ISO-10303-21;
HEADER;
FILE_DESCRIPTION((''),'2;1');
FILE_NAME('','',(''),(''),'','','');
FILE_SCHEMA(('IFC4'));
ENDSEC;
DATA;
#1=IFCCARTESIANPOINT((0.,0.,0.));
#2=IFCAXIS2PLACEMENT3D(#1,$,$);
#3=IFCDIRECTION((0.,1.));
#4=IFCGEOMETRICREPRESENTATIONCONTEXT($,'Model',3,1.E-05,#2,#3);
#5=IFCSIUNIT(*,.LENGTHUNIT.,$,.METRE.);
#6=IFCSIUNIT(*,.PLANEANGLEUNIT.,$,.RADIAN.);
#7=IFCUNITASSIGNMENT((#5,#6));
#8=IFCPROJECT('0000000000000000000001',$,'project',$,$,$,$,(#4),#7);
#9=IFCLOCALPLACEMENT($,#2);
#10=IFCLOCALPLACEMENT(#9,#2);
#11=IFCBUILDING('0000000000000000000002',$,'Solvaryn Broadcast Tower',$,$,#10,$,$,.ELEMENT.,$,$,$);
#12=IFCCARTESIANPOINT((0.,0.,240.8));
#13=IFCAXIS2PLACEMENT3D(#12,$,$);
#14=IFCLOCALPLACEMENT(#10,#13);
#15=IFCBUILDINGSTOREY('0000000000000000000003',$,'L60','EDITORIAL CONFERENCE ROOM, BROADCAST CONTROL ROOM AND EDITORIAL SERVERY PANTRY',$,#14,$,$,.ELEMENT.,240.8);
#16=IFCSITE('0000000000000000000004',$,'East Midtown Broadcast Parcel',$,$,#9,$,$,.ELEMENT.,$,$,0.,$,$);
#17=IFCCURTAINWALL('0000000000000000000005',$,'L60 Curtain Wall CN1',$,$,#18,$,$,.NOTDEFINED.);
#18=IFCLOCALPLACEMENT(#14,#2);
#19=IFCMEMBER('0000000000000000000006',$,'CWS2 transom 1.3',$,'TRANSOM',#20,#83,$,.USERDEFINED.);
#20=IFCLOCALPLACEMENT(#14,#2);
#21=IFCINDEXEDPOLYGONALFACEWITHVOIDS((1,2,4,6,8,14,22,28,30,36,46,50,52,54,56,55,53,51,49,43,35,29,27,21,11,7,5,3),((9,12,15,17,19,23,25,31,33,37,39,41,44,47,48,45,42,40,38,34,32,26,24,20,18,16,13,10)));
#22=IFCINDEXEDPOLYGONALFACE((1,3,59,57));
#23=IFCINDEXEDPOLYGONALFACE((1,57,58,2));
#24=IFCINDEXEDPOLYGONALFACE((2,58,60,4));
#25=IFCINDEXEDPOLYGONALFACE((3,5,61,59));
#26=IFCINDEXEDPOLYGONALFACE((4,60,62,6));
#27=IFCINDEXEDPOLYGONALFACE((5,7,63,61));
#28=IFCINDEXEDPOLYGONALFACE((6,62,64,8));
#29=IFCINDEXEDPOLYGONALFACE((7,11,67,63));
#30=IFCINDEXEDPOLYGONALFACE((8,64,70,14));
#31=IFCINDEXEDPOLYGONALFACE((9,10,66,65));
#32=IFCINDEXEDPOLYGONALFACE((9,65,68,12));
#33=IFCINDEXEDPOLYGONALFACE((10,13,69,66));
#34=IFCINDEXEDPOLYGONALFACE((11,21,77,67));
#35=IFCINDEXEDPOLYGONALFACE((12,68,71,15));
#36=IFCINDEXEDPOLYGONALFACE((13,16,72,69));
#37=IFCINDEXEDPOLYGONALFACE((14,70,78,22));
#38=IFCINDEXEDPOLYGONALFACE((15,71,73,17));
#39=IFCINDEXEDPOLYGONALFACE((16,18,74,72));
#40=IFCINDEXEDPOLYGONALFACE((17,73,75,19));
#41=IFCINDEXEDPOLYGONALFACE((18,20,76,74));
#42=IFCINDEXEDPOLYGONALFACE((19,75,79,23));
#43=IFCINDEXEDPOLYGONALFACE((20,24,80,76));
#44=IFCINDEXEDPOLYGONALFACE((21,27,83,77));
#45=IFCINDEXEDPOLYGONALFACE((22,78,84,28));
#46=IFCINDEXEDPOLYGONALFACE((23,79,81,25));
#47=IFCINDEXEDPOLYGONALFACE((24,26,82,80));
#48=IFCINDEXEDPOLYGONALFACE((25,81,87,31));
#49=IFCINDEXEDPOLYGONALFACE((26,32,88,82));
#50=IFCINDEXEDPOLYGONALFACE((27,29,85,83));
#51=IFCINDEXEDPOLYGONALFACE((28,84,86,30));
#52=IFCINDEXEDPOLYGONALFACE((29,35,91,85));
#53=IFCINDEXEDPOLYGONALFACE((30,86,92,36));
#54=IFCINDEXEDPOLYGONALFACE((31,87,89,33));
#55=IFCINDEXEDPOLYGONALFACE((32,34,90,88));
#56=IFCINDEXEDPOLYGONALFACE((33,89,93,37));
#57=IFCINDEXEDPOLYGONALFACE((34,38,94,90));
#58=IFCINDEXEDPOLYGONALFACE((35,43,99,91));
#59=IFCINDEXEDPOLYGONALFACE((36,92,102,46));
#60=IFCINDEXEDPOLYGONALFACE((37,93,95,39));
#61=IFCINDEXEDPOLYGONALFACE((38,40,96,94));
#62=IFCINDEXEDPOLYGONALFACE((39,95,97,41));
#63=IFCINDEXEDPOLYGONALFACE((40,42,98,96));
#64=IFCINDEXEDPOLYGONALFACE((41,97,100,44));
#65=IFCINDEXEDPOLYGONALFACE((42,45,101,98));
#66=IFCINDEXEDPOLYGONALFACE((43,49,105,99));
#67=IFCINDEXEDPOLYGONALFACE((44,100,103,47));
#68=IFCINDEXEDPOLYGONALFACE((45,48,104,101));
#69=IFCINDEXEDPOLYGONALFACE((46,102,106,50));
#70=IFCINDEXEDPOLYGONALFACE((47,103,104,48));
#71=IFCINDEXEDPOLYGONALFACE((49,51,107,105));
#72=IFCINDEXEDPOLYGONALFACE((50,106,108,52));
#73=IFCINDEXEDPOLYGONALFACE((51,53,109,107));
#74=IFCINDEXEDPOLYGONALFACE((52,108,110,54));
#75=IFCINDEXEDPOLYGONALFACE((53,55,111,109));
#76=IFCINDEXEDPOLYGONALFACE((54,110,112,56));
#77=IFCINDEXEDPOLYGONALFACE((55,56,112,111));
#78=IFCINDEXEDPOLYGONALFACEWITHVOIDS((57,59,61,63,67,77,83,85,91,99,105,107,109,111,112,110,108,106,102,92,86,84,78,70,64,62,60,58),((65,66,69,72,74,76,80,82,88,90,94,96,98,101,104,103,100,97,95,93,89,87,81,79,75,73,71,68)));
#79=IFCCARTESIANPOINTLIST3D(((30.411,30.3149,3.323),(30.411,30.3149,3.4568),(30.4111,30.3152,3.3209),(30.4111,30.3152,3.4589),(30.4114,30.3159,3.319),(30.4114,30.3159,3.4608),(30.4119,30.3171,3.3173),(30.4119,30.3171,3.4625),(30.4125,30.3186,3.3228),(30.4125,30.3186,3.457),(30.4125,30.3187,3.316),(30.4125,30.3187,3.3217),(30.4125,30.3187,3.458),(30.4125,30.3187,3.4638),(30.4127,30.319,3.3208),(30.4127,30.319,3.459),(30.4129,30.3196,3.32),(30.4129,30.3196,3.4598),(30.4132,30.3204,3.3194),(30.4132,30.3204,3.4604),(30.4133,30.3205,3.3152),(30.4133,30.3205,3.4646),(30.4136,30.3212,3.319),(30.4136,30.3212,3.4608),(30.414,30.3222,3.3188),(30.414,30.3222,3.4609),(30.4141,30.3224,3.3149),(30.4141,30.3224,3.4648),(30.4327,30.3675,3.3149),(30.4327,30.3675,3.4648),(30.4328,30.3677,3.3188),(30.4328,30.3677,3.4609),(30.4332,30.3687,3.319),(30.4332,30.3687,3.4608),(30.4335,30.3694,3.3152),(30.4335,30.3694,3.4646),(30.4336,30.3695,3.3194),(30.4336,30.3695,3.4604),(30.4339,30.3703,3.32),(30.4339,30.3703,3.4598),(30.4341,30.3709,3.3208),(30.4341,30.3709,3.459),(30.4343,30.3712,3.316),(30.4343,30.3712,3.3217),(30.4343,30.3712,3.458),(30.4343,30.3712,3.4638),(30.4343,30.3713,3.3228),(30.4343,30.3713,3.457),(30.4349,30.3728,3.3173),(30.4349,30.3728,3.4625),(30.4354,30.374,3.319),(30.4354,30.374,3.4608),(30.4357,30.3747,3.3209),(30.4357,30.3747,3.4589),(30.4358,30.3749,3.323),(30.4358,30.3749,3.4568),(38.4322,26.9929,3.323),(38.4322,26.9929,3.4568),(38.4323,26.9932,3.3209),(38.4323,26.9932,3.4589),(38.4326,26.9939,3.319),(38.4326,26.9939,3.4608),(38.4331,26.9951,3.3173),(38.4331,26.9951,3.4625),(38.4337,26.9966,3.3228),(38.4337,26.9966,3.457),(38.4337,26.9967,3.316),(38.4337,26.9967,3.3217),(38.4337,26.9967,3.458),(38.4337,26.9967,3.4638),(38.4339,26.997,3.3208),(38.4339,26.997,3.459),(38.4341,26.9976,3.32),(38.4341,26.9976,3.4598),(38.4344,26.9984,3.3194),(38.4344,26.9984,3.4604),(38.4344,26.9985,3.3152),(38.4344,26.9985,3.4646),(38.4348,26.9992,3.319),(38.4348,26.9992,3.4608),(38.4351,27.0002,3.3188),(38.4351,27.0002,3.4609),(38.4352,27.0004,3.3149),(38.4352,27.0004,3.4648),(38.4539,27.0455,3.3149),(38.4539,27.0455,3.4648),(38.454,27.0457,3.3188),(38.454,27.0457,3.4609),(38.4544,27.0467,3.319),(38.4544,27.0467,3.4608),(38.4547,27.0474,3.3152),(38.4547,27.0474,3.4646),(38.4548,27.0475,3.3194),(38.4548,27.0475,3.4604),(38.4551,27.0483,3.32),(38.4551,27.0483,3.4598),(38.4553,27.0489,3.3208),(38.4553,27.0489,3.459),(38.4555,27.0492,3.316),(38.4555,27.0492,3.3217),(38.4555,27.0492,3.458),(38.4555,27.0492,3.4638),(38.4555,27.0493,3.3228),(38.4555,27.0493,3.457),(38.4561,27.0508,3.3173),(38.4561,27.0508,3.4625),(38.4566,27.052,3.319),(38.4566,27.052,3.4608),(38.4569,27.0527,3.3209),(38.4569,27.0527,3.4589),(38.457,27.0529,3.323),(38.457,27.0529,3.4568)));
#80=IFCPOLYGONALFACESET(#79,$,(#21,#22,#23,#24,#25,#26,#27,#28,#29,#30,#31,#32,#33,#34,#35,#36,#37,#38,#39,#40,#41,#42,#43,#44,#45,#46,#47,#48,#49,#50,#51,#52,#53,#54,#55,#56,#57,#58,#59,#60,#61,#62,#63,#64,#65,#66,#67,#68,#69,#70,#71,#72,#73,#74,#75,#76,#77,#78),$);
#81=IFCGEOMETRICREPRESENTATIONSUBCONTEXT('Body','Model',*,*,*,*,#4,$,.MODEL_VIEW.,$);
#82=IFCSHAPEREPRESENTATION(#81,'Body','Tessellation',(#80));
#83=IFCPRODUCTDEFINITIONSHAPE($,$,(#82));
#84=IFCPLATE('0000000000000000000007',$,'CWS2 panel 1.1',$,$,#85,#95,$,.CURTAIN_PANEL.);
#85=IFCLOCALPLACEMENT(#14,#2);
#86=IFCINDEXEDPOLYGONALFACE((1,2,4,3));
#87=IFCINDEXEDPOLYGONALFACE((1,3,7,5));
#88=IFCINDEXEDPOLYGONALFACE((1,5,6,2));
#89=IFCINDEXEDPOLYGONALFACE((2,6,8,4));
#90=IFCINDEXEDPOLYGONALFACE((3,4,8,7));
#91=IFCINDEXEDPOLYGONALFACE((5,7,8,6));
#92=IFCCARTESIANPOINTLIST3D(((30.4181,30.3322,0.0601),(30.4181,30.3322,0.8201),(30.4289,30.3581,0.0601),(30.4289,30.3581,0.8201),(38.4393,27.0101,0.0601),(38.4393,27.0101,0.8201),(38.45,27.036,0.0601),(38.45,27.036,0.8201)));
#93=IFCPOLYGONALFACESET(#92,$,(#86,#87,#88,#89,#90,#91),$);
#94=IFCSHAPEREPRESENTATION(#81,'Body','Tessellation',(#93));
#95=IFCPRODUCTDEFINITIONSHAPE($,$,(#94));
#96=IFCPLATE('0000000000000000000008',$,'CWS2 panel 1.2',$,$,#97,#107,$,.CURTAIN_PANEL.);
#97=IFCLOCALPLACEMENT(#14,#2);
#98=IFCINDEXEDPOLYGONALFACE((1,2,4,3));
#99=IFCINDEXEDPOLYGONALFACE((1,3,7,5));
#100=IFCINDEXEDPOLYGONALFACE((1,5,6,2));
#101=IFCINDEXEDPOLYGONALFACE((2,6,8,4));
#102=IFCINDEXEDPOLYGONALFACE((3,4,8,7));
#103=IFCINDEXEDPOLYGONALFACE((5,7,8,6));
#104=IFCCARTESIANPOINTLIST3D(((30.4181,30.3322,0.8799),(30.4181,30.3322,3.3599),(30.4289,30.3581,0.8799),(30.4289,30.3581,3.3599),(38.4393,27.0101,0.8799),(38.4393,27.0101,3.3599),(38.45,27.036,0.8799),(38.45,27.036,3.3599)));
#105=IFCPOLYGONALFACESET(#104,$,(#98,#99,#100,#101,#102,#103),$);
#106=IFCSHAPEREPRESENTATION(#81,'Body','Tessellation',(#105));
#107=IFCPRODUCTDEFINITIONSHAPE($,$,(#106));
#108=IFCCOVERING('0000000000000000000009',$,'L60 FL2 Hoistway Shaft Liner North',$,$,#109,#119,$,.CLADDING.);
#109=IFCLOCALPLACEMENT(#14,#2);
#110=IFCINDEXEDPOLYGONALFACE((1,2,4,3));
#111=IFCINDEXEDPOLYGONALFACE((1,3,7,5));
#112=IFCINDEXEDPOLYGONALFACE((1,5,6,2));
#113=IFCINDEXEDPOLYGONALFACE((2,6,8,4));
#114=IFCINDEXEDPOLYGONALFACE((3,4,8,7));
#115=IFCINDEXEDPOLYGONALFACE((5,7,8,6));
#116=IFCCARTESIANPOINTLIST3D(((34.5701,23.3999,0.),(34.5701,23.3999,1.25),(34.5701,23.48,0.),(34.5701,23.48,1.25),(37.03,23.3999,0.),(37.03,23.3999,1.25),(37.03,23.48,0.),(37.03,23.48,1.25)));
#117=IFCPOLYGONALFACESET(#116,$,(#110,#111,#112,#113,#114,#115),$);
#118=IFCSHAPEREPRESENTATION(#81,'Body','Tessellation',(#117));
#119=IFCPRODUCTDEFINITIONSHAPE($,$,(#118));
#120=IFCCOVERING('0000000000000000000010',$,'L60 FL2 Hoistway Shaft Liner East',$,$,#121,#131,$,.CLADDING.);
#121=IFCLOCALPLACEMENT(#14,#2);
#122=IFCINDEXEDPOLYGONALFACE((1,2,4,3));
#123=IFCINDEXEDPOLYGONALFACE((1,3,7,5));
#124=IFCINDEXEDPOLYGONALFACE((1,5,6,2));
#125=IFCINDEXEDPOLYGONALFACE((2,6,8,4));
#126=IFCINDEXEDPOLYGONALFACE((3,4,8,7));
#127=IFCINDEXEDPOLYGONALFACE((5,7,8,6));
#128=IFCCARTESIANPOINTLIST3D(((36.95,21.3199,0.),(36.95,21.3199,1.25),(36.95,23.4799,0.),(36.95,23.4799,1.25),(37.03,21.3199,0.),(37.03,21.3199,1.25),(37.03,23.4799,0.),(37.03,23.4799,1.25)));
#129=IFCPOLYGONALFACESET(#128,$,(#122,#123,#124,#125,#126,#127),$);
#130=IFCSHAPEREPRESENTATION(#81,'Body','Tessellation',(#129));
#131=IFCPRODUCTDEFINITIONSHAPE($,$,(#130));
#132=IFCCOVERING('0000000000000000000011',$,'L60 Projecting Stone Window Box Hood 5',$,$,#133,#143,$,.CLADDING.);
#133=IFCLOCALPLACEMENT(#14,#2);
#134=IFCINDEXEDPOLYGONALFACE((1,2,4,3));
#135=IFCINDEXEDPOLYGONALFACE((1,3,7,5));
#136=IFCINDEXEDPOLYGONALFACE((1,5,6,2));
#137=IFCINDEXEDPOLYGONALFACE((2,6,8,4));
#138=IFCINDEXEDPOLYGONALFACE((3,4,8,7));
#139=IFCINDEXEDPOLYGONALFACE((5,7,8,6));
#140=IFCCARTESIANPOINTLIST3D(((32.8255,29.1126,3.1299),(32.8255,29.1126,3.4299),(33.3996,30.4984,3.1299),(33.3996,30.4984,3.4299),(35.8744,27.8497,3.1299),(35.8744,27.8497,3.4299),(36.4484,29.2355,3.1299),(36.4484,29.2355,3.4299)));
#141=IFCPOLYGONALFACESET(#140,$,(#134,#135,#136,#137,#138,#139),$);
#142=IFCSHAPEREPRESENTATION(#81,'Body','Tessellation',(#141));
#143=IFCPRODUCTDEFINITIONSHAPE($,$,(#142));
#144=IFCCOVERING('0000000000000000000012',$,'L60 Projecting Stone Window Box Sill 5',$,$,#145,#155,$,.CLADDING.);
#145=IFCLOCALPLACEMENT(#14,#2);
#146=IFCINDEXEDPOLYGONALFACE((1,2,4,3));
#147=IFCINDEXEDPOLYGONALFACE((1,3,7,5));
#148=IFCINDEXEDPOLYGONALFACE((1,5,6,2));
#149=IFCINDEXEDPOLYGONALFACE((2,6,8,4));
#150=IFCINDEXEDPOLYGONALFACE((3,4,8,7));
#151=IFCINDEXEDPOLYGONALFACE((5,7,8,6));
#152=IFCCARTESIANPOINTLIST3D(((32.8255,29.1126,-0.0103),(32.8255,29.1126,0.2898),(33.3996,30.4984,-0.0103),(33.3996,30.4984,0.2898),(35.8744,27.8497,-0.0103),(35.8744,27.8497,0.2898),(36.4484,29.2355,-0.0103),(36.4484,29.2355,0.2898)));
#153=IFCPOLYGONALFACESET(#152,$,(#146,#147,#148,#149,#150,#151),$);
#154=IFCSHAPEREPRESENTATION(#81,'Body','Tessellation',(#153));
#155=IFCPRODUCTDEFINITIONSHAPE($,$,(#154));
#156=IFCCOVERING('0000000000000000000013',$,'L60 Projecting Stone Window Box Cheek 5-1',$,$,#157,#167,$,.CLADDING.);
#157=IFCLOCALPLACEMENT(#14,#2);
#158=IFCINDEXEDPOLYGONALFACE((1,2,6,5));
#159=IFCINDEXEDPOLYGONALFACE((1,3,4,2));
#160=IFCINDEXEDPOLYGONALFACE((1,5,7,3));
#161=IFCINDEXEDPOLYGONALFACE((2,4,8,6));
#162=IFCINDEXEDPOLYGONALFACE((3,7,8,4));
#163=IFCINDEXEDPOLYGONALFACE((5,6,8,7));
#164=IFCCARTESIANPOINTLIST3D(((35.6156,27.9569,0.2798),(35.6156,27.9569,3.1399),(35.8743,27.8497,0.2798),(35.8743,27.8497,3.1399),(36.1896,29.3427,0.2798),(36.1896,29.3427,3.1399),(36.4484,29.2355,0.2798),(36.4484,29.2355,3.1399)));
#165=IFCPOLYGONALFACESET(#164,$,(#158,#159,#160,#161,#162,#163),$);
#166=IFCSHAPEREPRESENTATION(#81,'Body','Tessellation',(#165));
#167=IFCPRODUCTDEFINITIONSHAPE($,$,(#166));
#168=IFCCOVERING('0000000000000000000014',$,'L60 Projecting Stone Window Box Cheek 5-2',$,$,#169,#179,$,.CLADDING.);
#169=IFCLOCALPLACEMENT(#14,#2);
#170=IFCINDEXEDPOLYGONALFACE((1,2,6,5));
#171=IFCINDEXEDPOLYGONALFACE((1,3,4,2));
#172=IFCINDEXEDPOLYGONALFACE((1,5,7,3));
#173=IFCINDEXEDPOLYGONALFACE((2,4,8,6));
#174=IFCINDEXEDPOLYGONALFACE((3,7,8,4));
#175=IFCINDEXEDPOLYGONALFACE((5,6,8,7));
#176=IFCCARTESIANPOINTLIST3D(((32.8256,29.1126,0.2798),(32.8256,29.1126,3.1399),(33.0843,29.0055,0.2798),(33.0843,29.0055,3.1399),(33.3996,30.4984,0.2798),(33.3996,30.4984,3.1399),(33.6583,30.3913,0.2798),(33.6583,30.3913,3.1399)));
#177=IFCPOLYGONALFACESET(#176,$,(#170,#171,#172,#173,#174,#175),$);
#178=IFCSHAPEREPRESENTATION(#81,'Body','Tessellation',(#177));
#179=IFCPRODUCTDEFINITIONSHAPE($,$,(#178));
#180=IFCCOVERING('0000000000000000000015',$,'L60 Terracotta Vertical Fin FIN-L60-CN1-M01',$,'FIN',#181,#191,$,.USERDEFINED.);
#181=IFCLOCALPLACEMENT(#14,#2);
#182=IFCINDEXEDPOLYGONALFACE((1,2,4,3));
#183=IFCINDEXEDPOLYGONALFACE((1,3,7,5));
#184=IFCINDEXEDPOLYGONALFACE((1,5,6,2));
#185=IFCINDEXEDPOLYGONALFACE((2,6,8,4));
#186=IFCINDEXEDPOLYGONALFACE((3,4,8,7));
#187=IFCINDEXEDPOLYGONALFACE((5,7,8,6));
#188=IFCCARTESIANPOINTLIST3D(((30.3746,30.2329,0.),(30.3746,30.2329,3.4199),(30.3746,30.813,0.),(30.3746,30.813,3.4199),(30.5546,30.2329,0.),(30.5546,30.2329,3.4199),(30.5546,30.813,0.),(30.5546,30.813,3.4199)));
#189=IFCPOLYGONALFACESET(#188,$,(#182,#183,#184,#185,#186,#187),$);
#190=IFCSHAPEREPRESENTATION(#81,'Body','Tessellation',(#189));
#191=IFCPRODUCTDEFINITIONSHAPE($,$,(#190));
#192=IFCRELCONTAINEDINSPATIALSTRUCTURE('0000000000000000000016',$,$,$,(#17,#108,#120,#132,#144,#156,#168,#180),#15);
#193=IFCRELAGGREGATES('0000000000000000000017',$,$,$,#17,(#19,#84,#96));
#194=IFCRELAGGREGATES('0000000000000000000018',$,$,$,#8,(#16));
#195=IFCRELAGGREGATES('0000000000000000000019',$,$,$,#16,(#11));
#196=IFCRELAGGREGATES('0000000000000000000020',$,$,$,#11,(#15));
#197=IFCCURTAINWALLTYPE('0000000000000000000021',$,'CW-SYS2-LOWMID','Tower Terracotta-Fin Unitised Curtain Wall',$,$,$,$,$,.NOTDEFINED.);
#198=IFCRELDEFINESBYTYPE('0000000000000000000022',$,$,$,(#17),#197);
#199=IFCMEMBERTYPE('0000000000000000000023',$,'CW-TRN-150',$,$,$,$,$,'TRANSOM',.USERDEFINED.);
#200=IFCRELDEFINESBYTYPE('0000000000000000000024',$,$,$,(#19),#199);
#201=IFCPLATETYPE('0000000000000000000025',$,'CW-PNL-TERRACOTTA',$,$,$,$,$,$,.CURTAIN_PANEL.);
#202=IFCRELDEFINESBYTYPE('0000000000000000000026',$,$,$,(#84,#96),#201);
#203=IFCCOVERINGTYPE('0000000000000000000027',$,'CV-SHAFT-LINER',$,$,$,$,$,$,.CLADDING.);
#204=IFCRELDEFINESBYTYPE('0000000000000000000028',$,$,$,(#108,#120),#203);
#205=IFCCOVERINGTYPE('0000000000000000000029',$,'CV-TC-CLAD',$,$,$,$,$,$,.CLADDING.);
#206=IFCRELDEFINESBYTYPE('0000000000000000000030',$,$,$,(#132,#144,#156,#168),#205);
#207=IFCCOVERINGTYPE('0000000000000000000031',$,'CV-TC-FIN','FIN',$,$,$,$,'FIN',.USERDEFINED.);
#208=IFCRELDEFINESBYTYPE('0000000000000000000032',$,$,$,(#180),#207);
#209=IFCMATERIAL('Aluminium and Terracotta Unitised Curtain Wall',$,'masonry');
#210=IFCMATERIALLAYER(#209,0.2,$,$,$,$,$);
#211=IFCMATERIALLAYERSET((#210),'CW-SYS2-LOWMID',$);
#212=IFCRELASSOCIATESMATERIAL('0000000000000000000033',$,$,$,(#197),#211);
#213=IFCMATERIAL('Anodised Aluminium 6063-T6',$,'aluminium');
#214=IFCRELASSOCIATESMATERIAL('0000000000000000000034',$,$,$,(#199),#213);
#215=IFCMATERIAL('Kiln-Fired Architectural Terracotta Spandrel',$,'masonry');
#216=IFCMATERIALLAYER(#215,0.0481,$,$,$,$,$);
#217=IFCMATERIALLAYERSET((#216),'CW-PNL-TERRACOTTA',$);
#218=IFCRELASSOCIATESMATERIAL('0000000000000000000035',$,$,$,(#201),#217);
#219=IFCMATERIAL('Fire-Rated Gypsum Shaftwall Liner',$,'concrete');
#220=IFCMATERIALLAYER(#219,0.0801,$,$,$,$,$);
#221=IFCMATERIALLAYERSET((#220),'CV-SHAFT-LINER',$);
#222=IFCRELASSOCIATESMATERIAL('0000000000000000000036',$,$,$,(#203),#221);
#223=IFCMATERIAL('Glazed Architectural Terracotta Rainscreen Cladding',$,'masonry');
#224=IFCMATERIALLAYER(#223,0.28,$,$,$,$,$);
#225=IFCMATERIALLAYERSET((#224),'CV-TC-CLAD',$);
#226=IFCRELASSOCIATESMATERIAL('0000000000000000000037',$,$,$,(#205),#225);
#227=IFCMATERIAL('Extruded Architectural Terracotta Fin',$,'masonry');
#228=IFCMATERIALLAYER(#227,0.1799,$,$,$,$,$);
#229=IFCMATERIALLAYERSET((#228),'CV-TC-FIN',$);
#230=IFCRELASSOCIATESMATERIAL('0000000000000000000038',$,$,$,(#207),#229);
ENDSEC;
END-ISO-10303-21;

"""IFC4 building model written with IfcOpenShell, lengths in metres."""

from ifc_helpers import new_model, si_unit, direction, frame, origin, origin_2d, place, context, subcontext, project, spatial, rectangle, hollow_rectangle, extrude, material, layer, layer_set, material_profile, profile_set, type_object, element, aggregate, save


model = new_model("IFC4")

# Units and contexts
model_context = context("Model", 3, precision=1e-05, world=origin(), true_north=direction((0.0, 1.0)))
body_context = subcontext(model_context, "Body", "Model", "MODEL_VIEW")
ifc_project = project(units=[si_unit("LENGTHUNIT", "METRE"), si_unit("PLANEANGLEUNIT", "RADIAN")], contexts=[model_context])

# Site, building, storey
site_placement = place(None, origin())
site = spatial("IfcSite", under=ifc_project, at=site_placement, Name="East Midtown Broadcast Parcel", CompositionType="ELEMENT", RefElevation=0.0)
building_placement = place(site_placement, origin())
building = spatial("IfcBuilding", under=site, at=building_placement, Name="Solvaryn Broadcast Tower", CompositionType="ELEMENT")
storey_placement = place(building_placement, frame((0.0, 0.0, 240.8)))
storey = spatial("IfcBuildingStorey", under=building, at=storey_placement, Name="L60", Description="EDITORIAL CONFERENCE ROOM, BROADCAST CONTROL ROOM AND EDITORIAL SERVERY PANTRY", CompositionType="ELEMENT", Elevation=240.8)

# Curtain wall
ifc_material_1 = material(Name="Aluminium and Terracotta Unitised Curtain Wall", Category="masonry")
ifc_layer_1 = layer(ifc_material_1, 0.2)
ifc_layer_set_1 = layer_set([ifc_layer_1], Name="CW-SYS2-LOWMID")
curtain_wall_type = type_object("IfcCurtainWallType", Name="CW-SYS2-LOWMID", Description="Tower Terracotta-Fin Unitised Curtain Wall", PredefinedType="NOTDEFINED", material=ifc_layer_set_1)
curtain_wall_1_placement = place(storey_placement, origin())
curtain_wall_1 = element("IfcCurtainWall", 1, at=curtain_wall_1_placement, inside=storey, type_object=curtain_wall_type, Name="L60 Curtain Wall CN1", PredefinedType="NOTDEFINED")

# Member
ifc_material_2 = material(Name="Anodised Aluminium 6063-T6", Category="aluminium")
ifc_material_profile_1 = material_profile(ifc_material_2, hollow_rectangle(XDim=0.0649, YDim=0.1499, WallThickness=0.0039, InnerFilletRadius=0.0039, OuterFilletRadius=0.0081, at=origin_2d()))
ifc_profile_set_1 = profile_set([ifc_material_profile_1], Name="Anodised Aluminium 6063-T6")
member_type_1 = type_object("IfcMemberType", Name="CW-TRN-150", ElementType="TRANSOM", PredefinedType="USERDEFINED", material=ifc_profile_set_1)
member_1_placement = place(storey_placement, frame((38.4446, 27.0229, 3.3899), z_axis=(-0.923899, 0.382636, 0.0), x_axis=(-0.382636, -0.923899, 0.0)))
member_1 = element("IfcMember", 2, at=member_1_placement, type_object=member_type_1, Name="CWS2 transom 1.3", ObjectType="TRANSOM", PredefinedType="USERDEFINED", context=body_context, shape_type="SweptSolid", body=[
    extrude(hollow_rectangle(XDim=0.0649, YDim=0.1499, WallThickness=0.0039, InnerFilletRadius=0.0039, OuterFilletRadius=0.0081, at=origin_2d()), origin(), (0.0, 0.0, 1.0), 8.6819),
])

# Plates
ifc_material_3 = material(Name="Kiln-Fired Architectural Terracotta Spandrel", Category="masonry")
ifc_layer_2 = layer(ifc_material_3, 0.0481)
ifc_layer_set_2 = layer_set([ifc_layer_2], Name="CW-PNL-TERRACOTTA")
plate_type = type_object("IfcPlateType", Name="CW-PNL-TERRACOTTA", PredefinedType="CURTAIN_PANEL", material=ifc_layer_set_2)
plate_1_placement = place(storey_placement, frame((34.4341, 28.6841, 0.0601), z_axis=(0.0, 0.0, 1.0), x_axis=(-0.923895, 0.382646, 0.0)))
plate_1 = element("IfcPlate", 3, at=plate_1_placement, type_object=plate_type, Name="CWS2 panel 1.1", PredefinedType="CURTAIN_PANEL", context=body_context, shape_type="SweptSolid", body=[
    extrude(rectangle(XDim=8.6819, YDim=0.0281, at=origin_2d()), origin(), (0.0, 0.0, 1.0), 0.76),
])
plate_2_placement = place(storey_placement, frame((34.4341, 28.6841, 0.8799), z_axis=(0.0, 0.0, 1.0), x_axis=(-0.923895, 0.382646, 0.0)))
plate_2 = element("IfcPlate", 4, at=plate_2_placement, type_object=plate_type, Name="CWS2 panel 1.2", PredefinedType="CURTAIN_PANEL", context=body_context, shape_type="SweptSolid", body=[
    extrude(rectangle(XDim=8.6819, YDim=0.0281, at=origin_2d()), origin(), (0.0, 0.0, 1.0), 2.48),
])
aggregate(curtain_wall_1, [member_1, plate_1, plate_2])

# Coverings
ifc_material_4 = material(Name="Fire-Rated Gypsum Shaftwall Liner", Category="concrete")
ifc_layer_3 = layer(ifc_material_4, 0.0801)
ifc_layer_set_3 = layer_set([ifc_layer_3], Name="CV-SHAFT-LINER")
covering_type_1 = type_object("IfcCoveringType", Name="CV-SHAFT-LINER", PredefinedType="CLADDING", material=ifc_layer_set_3)
covering_1_placement = place(storey_placement, frame((35.8, 23.4399, 0.0), z_axis=(0.0, 0.0, 1.0), x_axis=(1.0, 0.0, 0.0)))
element("IfcCovering", 5, at=covering_1_placement, inside=storey, type_object=covering_type_1, Name="L60 FL2 Hoistway Shaft Liner North", PredefinedType="CLADDING", context=body_context, shape_type="SweptSolid", body=[
    extrude(rectangle(XDim=2.46, YDim=0.0801, at=origin_2d()), origin(), (0.0, 0.0, 1.0), 1.25),
])
covering_2_placement = place(storey_placement, frame((36.99, 22.3999, 0.0), z_axis=(0.0, 0.0, 1.0), x_axis=(1.0, 0.0, 0.0)))
element("IfcCovering", 6, at=covering_2_placement, inside=storey, type_object=covering_type_1, Name="L60 FL2 Hoistway Shaft Liner East", PredefinedType="CLADDING", context=body_context, shape_type="SweptSolid", body=[
    extrude(rectangle(XDim=0.0801, YDim=2.1599, at=origin_2d()), origin(), (0.0, 0.0, 1.0), 1.25),
])
ifc_material_5 = material(Name="Glazed Architectural Terracotta Rainscreen Cladding", Category="masonry")
ifc_layer_4 = layer(ifc_material_5, 0.28)
ifc_layer_set_4 = layer_set([ifc_layer_4], Name="CV-TC-CLAD")
covering_type_2 = type_object("IfcCoveringType", Name="CV-TC-CLAD", PredefinedType="CLADDING", material=ifc_layer_set_4)
for number, where, z_axis, x_axis, name in (
    (7, (34.637, 29.1741, 3.1299), (0.0, 0.0, 1.0), (-0.92388, 0.382683, 0.0), "L60 Projecting Stone Window Box Hood 5"),
    (8, (34.637, 29.1741, -0.0103), (0.0, 0.0, 1.0), (-0.92388, 0.382683, 0.0), "L60 Projecting Stone Window Box Sill 5"),
):
    element("IfcCovering", number, at=place(storey_placement, frame(where, z_axis=z_axis, x_axis=x_axis)), inside=storey, type_object=covering_type_2, Name=name, PredefinedType="CLADDING", context=body_context, shape_type="SweptSolid", body=[
        extrude(rectangle(XDim=3.3, YDim=1.5, at=origin_2d()), origin(), (0.0, 0.0, 1.0), 0.3),
    ])
for number, where, z_axis, x_axis, name in (
    (9, (36.032, 28.5962, 0.2798), (0.0, 0.0, 1.0), (-0.92388, 0.382683, 0.0), "L60 Projecting Stone Window Box Cheek 5-1"),
    (10, (33.2419, 29.752, 0.2798), (0.0, 0.0, 1.0), (-0.92388, 0.382683, 0.0), "L60 Projecting Stone Window Box Cheek 5-2"),
):
    element("IfcCovering", number, at=place(storey_placement, frame(where, z_axis=z_axis, x_axis=x_axis)), inside=storey, type_object=covering_type_2, Name=name, PredefinedType="CLADDING", context=body_context, shape_type="SweptSolid", body=[
        extrude(rectangle(XDim=0.28, YDim=1.5, at=origin_2d()), origin(), (0.0, 0.0, 1.0), 2.8601),
    ])
ifc_material_6 = material(Name="Extruded Architectural Terracotta Fin", Category="masonry")
ifc_layer_5 = layer(ifc_material_6, 0.1799)
ifc_layer_set_5 = layer_set([ifc_layer_5], Name="CV-TC-FIN")
covering_type_3 = type_object("IfcCoveringType", Name="CV-TC-FIN", Description="FIN", ElementType="FIN", PredefinedType="USERDEFINED", material=ifc_layer_set_5)
covering_3_placement = place(storey_placement, frame((30.4646, 30.5229, 0.0), z_axis=(0.0, 0.0, 1.0), x_axis=(1.0, 0.0, 0.0)))
element("IfcCovering", 11, at=covering_3_placement, inside=storey, type_object=covering_type_3, Name="L60 Terracotta Vertical Fin FIN-L60-CN1-M01", ObjectType="FIN", PredefinedType="USERDEFINED", context=body_context, shape_type="SweptSolid", body=[
    extrude(rectangle(XDim=0.1799, YDim=0.5801, at=origin_2d()), origin(), (0.0, 0.0, 1.0), 3.4199),
])

save(model, "model.ifc")
